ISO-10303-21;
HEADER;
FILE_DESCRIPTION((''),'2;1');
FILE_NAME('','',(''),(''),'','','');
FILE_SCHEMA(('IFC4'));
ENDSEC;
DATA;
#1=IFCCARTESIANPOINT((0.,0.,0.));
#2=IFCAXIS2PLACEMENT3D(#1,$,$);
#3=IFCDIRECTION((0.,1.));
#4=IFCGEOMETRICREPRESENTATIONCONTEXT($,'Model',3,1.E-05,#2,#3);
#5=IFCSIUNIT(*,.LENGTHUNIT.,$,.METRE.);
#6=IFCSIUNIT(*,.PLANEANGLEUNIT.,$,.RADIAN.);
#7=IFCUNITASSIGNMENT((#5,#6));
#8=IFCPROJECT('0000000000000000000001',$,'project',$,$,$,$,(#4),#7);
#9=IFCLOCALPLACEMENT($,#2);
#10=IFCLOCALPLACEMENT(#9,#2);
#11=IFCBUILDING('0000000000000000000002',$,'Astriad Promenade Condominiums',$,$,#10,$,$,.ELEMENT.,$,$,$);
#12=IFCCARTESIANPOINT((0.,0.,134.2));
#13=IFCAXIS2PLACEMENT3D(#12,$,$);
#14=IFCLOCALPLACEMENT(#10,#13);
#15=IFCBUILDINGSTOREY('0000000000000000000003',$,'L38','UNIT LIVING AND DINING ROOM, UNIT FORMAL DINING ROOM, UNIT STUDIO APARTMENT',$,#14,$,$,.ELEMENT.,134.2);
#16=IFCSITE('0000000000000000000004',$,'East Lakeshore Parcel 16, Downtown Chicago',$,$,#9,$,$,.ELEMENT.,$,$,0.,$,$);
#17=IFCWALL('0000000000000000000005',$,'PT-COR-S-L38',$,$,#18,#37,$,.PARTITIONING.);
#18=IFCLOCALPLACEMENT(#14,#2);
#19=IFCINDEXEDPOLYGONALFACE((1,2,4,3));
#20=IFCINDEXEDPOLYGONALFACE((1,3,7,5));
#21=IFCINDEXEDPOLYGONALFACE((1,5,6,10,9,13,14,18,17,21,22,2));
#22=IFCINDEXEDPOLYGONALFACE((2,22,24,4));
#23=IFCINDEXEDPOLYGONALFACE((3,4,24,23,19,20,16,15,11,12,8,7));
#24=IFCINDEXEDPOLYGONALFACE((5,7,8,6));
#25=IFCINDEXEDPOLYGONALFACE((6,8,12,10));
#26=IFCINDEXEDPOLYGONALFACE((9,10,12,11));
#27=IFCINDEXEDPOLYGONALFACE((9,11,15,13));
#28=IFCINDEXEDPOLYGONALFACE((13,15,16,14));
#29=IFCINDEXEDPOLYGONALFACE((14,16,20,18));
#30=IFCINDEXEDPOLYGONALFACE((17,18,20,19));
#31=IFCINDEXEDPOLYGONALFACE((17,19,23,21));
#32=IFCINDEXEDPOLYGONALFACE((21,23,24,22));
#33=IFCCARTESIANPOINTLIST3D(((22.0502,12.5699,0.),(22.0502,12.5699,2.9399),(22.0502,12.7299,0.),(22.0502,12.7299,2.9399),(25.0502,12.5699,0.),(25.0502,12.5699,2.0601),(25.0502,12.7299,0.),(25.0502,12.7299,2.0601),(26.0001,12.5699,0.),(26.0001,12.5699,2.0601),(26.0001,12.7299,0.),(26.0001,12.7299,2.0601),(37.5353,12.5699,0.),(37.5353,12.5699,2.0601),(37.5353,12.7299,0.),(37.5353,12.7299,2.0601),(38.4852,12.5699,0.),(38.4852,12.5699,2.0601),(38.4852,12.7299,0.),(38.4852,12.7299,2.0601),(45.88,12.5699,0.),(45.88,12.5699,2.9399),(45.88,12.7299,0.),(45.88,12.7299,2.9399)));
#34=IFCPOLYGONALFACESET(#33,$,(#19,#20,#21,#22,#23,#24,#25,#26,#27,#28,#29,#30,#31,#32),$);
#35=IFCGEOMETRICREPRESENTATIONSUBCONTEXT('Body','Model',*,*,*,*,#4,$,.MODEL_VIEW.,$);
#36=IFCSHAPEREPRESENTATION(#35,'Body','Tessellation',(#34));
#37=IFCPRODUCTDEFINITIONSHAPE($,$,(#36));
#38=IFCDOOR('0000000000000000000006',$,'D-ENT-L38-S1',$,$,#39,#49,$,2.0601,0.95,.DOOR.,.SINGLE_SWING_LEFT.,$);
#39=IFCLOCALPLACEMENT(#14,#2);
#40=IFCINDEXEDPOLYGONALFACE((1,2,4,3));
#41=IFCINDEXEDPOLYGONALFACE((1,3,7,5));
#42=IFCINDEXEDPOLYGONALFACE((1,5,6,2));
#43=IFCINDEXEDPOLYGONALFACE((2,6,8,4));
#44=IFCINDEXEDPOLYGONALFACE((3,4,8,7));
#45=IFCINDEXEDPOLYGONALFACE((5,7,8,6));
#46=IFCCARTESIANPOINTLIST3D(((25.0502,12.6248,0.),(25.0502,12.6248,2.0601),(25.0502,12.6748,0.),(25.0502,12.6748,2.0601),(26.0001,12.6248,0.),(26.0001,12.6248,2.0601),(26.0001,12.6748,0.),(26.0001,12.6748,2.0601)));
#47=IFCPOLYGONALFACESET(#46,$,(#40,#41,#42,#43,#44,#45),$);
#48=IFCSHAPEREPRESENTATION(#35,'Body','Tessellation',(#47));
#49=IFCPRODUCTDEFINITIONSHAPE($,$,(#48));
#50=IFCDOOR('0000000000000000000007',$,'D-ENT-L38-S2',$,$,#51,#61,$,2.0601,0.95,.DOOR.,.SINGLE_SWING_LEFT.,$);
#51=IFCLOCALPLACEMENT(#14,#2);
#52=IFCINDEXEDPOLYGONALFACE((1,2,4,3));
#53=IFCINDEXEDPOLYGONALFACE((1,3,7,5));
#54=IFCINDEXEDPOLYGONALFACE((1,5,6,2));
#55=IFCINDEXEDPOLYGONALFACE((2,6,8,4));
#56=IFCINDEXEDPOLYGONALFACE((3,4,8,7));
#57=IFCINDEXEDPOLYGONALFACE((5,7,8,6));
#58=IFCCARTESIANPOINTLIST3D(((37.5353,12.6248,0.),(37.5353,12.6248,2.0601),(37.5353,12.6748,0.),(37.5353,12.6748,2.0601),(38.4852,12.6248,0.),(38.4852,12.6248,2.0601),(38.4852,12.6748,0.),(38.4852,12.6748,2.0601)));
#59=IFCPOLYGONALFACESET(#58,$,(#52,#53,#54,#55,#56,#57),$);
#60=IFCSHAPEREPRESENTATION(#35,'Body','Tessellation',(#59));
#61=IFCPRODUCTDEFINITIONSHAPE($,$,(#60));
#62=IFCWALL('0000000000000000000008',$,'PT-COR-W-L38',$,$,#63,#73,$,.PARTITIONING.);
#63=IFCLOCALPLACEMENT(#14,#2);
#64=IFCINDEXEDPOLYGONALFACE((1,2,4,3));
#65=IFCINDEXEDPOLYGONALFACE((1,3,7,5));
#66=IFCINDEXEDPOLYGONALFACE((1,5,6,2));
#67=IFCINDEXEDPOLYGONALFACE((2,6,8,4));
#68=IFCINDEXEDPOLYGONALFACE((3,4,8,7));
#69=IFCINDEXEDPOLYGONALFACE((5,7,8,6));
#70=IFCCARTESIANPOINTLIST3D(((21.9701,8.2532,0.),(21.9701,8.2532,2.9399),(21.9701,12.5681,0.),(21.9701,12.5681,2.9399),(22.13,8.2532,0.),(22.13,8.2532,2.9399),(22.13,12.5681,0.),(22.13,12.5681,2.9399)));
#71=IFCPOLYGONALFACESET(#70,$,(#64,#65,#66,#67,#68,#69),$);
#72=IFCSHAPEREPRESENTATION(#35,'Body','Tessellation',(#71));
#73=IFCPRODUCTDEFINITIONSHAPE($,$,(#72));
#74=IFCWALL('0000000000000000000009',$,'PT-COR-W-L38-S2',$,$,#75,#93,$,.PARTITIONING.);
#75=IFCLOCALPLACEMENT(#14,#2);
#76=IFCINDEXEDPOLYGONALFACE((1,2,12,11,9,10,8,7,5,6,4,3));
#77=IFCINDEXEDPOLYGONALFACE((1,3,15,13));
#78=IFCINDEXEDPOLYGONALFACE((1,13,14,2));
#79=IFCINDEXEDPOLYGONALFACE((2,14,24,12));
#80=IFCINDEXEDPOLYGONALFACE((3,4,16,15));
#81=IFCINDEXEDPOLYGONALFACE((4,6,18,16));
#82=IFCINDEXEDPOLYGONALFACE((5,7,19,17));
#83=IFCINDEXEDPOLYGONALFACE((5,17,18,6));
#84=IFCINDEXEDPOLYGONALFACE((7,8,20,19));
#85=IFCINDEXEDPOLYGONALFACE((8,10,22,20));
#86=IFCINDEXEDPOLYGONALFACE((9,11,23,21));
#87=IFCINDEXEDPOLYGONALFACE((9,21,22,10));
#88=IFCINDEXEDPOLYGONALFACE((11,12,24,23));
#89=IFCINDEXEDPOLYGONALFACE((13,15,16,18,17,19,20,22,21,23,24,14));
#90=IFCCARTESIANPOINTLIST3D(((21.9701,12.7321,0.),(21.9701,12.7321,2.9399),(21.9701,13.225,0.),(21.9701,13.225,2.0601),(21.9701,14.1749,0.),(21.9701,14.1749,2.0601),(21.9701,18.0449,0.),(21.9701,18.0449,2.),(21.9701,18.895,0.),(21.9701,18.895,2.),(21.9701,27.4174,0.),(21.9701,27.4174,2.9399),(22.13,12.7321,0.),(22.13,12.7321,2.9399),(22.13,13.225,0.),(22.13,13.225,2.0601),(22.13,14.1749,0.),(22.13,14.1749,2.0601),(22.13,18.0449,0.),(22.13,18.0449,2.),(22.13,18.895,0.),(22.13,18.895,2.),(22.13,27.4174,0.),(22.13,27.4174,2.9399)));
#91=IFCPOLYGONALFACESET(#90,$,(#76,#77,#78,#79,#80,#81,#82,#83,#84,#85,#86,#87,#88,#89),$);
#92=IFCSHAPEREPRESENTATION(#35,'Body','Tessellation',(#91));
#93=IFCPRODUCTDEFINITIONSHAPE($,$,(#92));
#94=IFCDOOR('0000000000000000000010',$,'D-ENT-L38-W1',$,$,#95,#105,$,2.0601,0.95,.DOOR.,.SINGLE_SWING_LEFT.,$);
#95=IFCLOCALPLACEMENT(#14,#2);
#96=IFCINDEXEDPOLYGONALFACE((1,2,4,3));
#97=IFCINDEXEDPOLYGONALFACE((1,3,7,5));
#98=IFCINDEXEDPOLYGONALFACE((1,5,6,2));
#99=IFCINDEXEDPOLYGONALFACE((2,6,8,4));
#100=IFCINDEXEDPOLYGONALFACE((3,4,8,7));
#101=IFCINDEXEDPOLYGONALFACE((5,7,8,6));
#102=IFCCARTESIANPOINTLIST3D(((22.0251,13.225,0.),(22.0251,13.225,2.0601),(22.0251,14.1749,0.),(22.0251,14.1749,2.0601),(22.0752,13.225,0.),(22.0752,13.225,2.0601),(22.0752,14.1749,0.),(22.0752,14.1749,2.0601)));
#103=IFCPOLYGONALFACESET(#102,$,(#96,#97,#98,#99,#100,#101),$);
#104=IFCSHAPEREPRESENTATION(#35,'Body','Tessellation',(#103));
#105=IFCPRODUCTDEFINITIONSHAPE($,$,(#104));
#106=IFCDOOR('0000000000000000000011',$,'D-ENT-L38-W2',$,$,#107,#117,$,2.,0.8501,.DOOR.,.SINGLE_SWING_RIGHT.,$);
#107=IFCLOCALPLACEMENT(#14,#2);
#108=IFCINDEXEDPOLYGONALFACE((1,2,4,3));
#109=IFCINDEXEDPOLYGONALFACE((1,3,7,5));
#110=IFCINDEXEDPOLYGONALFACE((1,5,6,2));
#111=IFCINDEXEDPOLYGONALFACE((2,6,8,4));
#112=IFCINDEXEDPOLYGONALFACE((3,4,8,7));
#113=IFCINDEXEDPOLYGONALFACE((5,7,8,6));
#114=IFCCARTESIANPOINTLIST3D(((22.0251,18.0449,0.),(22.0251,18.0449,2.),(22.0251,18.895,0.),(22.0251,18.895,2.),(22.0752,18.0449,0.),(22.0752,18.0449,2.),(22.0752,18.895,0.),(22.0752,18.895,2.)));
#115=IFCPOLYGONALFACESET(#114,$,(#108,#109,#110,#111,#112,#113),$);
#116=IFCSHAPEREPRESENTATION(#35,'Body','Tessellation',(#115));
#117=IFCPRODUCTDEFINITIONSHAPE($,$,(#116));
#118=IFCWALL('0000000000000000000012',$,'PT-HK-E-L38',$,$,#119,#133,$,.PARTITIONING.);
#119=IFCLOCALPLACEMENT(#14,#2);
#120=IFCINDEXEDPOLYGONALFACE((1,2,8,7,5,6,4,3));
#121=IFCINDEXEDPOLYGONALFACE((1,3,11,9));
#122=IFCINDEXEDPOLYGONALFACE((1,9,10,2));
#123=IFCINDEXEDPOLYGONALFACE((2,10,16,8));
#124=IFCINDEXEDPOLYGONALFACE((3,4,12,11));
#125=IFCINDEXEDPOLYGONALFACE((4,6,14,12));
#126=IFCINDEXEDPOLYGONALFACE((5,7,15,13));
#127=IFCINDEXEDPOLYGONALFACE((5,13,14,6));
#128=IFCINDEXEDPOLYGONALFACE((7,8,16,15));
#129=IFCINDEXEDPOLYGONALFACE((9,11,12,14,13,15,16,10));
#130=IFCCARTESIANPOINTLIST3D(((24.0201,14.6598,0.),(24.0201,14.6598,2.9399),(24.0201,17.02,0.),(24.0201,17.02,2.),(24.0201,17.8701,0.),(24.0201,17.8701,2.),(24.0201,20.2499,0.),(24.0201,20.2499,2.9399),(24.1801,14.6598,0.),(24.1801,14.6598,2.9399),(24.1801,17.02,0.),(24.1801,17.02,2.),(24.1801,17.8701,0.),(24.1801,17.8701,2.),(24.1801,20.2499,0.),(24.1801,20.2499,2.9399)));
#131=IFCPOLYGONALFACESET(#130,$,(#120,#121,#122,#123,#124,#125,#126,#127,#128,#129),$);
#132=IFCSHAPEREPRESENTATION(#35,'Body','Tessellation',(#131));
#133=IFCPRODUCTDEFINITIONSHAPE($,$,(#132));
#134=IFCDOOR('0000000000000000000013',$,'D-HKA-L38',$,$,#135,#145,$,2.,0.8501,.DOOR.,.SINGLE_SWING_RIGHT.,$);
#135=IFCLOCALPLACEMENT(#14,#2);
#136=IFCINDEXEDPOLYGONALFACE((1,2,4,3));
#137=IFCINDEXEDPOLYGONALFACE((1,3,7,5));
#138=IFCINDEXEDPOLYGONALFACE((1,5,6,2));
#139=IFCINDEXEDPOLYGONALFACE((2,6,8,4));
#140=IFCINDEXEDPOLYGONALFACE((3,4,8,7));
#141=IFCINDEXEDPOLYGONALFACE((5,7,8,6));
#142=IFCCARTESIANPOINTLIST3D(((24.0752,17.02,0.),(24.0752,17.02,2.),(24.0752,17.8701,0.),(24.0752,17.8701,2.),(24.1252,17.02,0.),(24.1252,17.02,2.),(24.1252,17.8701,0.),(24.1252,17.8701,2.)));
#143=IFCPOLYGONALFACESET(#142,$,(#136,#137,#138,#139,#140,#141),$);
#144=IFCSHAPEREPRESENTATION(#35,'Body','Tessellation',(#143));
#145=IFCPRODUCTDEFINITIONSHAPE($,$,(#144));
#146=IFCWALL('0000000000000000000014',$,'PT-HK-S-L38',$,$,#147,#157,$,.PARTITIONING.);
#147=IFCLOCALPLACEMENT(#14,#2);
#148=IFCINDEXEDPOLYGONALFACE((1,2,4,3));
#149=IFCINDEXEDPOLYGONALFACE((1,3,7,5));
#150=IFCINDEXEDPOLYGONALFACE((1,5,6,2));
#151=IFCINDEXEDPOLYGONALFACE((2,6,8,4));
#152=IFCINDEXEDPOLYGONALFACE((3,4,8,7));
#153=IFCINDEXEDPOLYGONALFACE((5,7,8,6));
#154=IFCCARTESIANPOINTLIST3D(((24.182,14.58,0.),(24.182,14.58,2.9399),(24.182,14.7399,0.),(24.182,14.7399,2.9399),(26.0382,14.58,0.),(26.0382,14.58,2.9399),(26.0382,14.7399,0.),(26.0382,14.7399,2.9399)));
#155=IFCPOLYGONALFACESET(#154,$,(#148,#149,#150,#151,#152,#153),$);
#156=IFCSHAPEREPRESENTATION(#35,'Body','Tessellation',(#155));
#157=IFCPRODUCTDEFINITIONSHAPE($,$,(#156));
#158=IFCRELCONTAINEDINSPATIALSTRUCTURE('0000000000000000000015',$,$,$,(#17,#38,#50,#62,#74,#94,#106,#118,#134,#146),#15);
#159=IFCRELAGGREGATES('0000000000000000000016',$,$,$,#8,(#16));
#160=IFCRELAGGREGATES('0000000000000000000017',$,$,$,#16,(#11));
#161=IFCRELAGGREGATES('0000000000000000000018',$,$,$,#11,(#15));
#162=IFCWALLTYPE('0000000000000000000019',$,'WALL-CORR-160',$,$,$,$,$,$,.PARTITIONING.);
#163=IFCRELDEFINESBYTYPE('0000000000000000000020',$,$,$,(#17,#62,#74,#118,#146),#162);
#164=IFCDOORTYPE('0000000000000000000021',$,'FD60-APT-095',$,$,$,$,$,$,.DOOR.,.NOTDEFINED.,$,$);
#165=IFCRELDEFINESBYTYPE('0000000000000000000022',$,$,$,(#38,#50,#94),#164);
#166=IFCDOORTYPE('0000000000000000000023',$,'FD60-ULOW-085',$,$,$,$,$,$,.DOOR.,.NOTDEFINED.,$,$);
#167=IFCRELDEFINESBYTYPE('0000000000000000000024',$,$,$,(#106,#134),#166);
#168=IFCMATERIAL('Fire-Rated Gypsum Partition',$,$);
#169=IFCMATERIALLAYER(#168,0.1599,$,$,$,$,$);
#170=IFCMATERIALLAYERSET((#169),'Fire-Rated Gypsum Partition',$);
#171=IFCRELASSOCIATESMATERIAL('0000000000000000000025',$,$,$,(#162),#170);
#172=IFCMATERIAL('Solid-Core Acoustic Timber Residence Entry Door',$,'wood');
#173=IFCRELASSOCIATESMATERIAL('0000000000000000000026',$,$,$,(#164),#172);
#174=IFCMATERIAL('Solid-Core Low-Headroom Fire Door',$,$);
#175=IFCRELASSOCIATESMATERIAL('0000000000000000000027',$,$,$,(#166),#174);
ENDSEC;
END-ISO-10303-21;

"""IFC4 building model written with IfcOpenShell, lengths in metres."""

from ifc_helpers import new_model, si_unit, direction, frame, frame_2d, origin, place, context, subcontext, project, spatial, rectangle, extrude, source, transform, mapped, material, layer, layer_set, type_object, type_shapes, element, fill, save


model = new_model("IFC4")

# Units and contexts
model_context = context("Model", 3, precision=1e-05, world=origin(), true_north=direction((0.0, 1.0)))
body_context = subcontext(model_context, "Body", "Model", "MODEL_VIEW")
ifc_project = project(units=[si_unit("LENGTHUNIT", "METRE"), si_unit("PLANEANGLEUNIT", "RADIAN")], contexts=[model_context])

# Site, building, storey
site_placement = place(None, origin())
site = spatial("IfcSite", under=ifc_project, at=site_placement, Name="East Lakeshore Parcel 16, Downtown Chicago", CompositionType="ELEMENT", RefElevation=0.0)
building_placement = place(site_placement, origin())
building = spatial("IfcBuilding", under=site, at=building_placement, Name="Astriad Promenade Condominiums", CompositionType="ELEMENT")
storey_placement = place(building_placement, frame((0.0, 0.0, 134.2)))
storey = spatial("IfcBuildingStorey", under=building, at=storey_placement, Name="L38", Description="UNIT LIVING AND DINING ROOM, UNIT FORMAL DINING ROOM, UNIT STUDIO APARTMENT", CompositionType="ELEMENT", Elevation=134.2)

# Wall, openings, doors
ifc_material_1 = material(Name="Fire-Rated Gypsum Partition")
ifc_layer_1 = layer(ifc_material_1, 0.1599)
ifc_layer_set_1 = layer_set([ifc_layer_1], Name="Fire-Rated Gypsum Partition")
wall_type_1 = type_object("IfcWallType", Name="WALL-CORR-160", PredefinedType="PARTITIONING", material=ifc_layer_set_1)
wall_1_placement = place(storey_placement, frame((22.05, 12.6499, 0.0), z_axis=(0.0, 0.0, 1.0), x_axis=(1.0, 0.0, 0.0)))
wall_1 = element("IfcWall", 1, at=wall_1_placement, inside=storey, type_object=wall_type_1, Name="PT-COR-S-L38", PredefinedType="PARTITIONING", context=body_context, shape_type="SweptSolid", body=[
    extrude(rectangle(XDim=23.8298, YDim=0.1599, at=frame_2d((11.915, 0.0))), origin(), (0.0, 0.0, 1.0), 2.9399),
])
opening_1_placement = place(wall_1_placement, frame((3.0, 0.0, 0.0)))
opening_1 = element("IfcOpeningElement", 2, at=opening_1_placement, cuts=wall_1, PredefinedType="OPENING", context=body_context, shape_type="SweptSolid", body=[
    extrude(rectangle(XDim=0.95, YDim=2.0601, at=frame_2d((0.4751, 1.03))), frame((0.0, 0.0898, 0.0), z_axis=(0.0, -1.0, 0.0), x_axis=(1.0, 0.0, 0.0)), (0.0, 0.0, 1.0), 0.1799),
])
opening_2_placement = place(wall_1_placement, frame((15.4851, 0.0, 0.0)))
opening_2 = element("IfcOpeningElement", 3, at=opening_2_placement, cuts=wall_1, PredefinedType="OPENING", context=body_context, shape_type="SweptSolid", body=[
    extrude(rectangle(XDim=0.95, YDim=2.0601, at=frame_2d((0.4751, 1.03))), frame((0.0, 0.0898, 0.0), z_axis=(0.0, -1.0, 0.0), x_axis=(1.0, 0.0, 0.0)), (0.0, 0.0, 1.0), 0.1799),
])
ifc_material_2 = material(Name="Solid-Core Acoustic Timber Residence Entry Door", Category="wood")
door_type_1 = type_object("IfcDoorType", Name="FD60-APT-095", OperationType="NOTDEFINED", PredefinedType="DOOR", material=ifc_material_2)
shared_shape_1 = source(origin(), body_context, "Body", "SweptSolid", [
    extrude(rectangle(XDim=0.95, YDim=2.0601, at=frame_2d((0.4751, 1.03))), frame((0.0, 0.0249, 0.0), z_axis=(0.0, -1.0, 0.0), x_axis=(1.0, 0.0, 0.0)), (0.0, 0.0, 1.0), 0.05),
])
type_shapes(door_type_1, [shared_shape_1])
door_1_placement = place(opening_1_placement, origin())
door_1 = element("IfcDoor", 4, at=door_1_placement, inside=storey, type_object=door_type_1, Name="D-ENT-L38-S1", OperationType="SINGLE_SWING_LEFT", OverallHeight=2.0601, OverallWidth=0.95, PredefinedType="DOOR", context=body_context, shape_type="MappedRepresentation", body=[
    mapped(shared_shape_1, transform((0.0, 0.0, 0.0), scale=1.0)),
])
fill(opening_1, door_1)
door_2_placement = place(opening_2_placement, origin())
door_2 = element("IfcDoor", 5, at=door_2_placement, inside=storey, type_object=door_type_1, Name="D-ENT-L38-S2", OperationType="SINGLE_SWING_LEFT", OverallHeight=2.0601, OverallWidth=0.95, PredefinedType="DOOR", context=body_context, shape_type="MappedRepresentation", body=[
    mapped(shared_shape_1, transform((0.0, 0.0, 0.0), scale=1.0)),
])
fill(opening_2, door_2)

# Wall
wall_2_placement = place(storey_placement, frame((22.05, 8.2532, 0.0), z_axis=(0.0, 0.0, 1.0), x_axis=(0.0, 1.0, 0.0)))
element("IfcWall", 6, at=wall_2_placement, inside=storey, type_object=wall_type_1, Name="PT-COR-W-L38", PredefinedType="PARTITIONING", context=body_context, shape_type="SweptSolid", body=[
    extrude(rectangle(XDim=4.3149, YDim=0.1599, at=frame_2d((2.1575, 0.0))), origin(), (0.0, 0.0, 1.0), 2.9399),
])

# Wall, openings, doors
wall_3_placement = place(storey_placement, frame((22.05, 12.7319, 0.0), z_axis=(0.0, 0.0, 1.0), x_axis=(0.0, 1.0, 0.0)))
wall_3 = element("IfcWall", 7, at=wall_3_placement, inside=storey, type_object=wall_type_1, Name="PT-COR-W-L38-S2", PredefinedType="PARTITIONING", context=body_context, shape_type="SweptSolid", body=[
    extrude(rectangle(XDim=14.6853, YDim=0.1599, at=frame_2d((7.3428, 0.0))), origin(), (0.0, 0.0, 1.0), 2.9399),
])
opening_3_placement = place(wall_3_placement, frame((0.4929, 0.0, 0.0)))
opening_3 = element("IfcOpeningElement", 8, at=opening_3_placement, cuts=wall_3, PredefinedType="OPENING", context=body_context, shape_type="SweptSolid", body=[
    extrude(rectangle(XDim=0.95, YDim=2.0601, at=frame_2d((0.4751, 1.03))), frame((0.0, 0.0898, 0.0), z_axis=(0.0, -1.0, 0.0), x_axis=(1.0, 0.0, 0.0)), (0.0, 0.0, 1.0), 0.1799),
])
opening_4_placement = place(wall_3_placement, frame((5.313, 0.0, 0.0)))
opening_4 = element("IfcOpeningElement", 9, at=opening_4_placement, cuts=wall_3, PredefinedType="OPENING", context=body_context, shape_type="SweptSolid", body=[
    extrude(rectangle(XDim=0.8501, YDim=2.0, at=frame_2d((0.425, 1.0))), frame((0.0, 0.0898, 0.0), z_axis=(0.0, -1.0, 0.0), x_axis=(1.0, 0.0, 0.0)), (0.0, 0.0, 1.0), 0.1799),
])
door_3_placement = place(opening_3_placement, origin())
door_3 = element("IfcDoor", 10, at=door_3_placement, inside=storey, type_object=door_type_1, Name="D-ENT-L38-W1", OperationType="SINGLE_SWING_LEFT", OverallHeight=2.0601, OverallWidth=0.95, PredefinedType="DOOR", context=body_context, shape_type="MappedRepresentation", body=[
    mapped(shared_shape_1, transform((0.0, 0.0, 0.0), scale=1.0)),
])
fill(opening_3, door_3)
ifc_material_3 = material(Name="Solid-Core Low-Headroom Fire Door")
door_type_2 = type_object("IfcDoorType", Name="FD60-ULOW-085", OperationType="NOTDEFINED", PredefinedType="DOOR", material=ifc_material_3)
shared_shape_2 = source(origin(), body_context, "Body", "SweptSolid", [
    extrude(rectangle(XDim=0.8501, YDim=2.0, at=frame_2d((0.425, 1.0))), frame((0.0, 0.0249, 0.0), z_axis=(0.0, -1.0, 0.0), x_axis=(1.0, 0.0, 0.0)), (0.0, 0.0, 1.0), 0.05),
])
type_shapes(door_type_2, [shared_shape_2])
door_4_placement = place(opening_4_placement, origin())
door_4 = element("IfcDoor", 11, at=door_4_placement, inside=storey, type_object=door_type_2, Name="D-ENT-L38-W2", OperationType="SINGLE_SWING_RIGHT", OverallHeight=2.0, OverallWidth=0.8501, PredefinedType="DOOR", context=body_context, shape_type="MappedRepresentation", body=[
    mapped(shared_shape_2, transform((0.0, 0.0, 0.0), scale=1.0)),
])
fill(opening_4, door_4)

# Wall, opening, door
wall_4_placement = place(storey_placement, frame((24.1001, 14.6599, 0.0), z_axis=(0.0, 0.0, 1.0), x_axis=(0.0, 1.0, 0.0)))
wall_4 = element("IfcWall", 12, at=wall_4_placement, inside=storey, type_object=wall_type_1, Name="PT-HK-E-L38", PredefinedType="PARTITIONING", context=body_context, shape_type="SweptSolid", body=[
    extrude(rectangle(XDim=5.5901, YDim=0.1599, at=frame_2d((2.7949, 0.0))), origin(), (0.0, 0.0, 1.0), 2.9399),
])
opening_5_placement = place(wall_4_placement, frame((2.3601, 0.0, 0.0)))
opening_5 = element("IfcOpeningElement", 13, at=opening_5_placement, cuts=wall_4, PredefinedType="OPENING", context=body_context, shape_type="SweptSolid", body=[
    extrude(rectangle(XDim=0.8501, YDim=2.0, at=frame_2d((0.425, 1.0))), frame((0.0, 0.0898, 0.0), z_axis=(0.0, -1.0, 0.0), x_axis=(1.0, 0.0, 0.0)), (0.0, 0.0, 1.0), 0.1799),
])
door_5_placement = place(opening_5_placement, origin())
door_5 = element("IfcDoor", 14, at=door_5_placement, inside=storey, type_object=door_type_2, Name="D-HKA-L38", OperationType="SINGLE_SWING_RIGHT", OverallHeight=2.0, OverallWidth=0.8501, PredefinedType="DOOR", context=body_context, shape_type="MappedRepresentation", body=[
    mapped(shared_shape_2, transform((0.0, 0.0, 0.0), scale=1.0)),
])
fill(opening_5, door_5)

# Wall
wall_5_placement = place(storey_placement, frame((24.1819, 14.6599, 0.0), z_axis=(0.0, 0.0, 1.0), x_axis=(1.0, 0.0, 0.0)))
element("IfcWall", 15, at=wall_5_placement, inside=storey, type_object=wall_type_1, Name="PT-HK-S-L38", PredefinedType="PARTITIONING", context=body_context, shape_type="SweptSolid", body=[
    extrude(rectangle(XDim=1.8562, YDim=0.1599, at=frame_2d((0.9282, 0.0))), origin(), (0.0, 0.0, 1.0), 2.9399),
])

save(model, "model.ifc")
